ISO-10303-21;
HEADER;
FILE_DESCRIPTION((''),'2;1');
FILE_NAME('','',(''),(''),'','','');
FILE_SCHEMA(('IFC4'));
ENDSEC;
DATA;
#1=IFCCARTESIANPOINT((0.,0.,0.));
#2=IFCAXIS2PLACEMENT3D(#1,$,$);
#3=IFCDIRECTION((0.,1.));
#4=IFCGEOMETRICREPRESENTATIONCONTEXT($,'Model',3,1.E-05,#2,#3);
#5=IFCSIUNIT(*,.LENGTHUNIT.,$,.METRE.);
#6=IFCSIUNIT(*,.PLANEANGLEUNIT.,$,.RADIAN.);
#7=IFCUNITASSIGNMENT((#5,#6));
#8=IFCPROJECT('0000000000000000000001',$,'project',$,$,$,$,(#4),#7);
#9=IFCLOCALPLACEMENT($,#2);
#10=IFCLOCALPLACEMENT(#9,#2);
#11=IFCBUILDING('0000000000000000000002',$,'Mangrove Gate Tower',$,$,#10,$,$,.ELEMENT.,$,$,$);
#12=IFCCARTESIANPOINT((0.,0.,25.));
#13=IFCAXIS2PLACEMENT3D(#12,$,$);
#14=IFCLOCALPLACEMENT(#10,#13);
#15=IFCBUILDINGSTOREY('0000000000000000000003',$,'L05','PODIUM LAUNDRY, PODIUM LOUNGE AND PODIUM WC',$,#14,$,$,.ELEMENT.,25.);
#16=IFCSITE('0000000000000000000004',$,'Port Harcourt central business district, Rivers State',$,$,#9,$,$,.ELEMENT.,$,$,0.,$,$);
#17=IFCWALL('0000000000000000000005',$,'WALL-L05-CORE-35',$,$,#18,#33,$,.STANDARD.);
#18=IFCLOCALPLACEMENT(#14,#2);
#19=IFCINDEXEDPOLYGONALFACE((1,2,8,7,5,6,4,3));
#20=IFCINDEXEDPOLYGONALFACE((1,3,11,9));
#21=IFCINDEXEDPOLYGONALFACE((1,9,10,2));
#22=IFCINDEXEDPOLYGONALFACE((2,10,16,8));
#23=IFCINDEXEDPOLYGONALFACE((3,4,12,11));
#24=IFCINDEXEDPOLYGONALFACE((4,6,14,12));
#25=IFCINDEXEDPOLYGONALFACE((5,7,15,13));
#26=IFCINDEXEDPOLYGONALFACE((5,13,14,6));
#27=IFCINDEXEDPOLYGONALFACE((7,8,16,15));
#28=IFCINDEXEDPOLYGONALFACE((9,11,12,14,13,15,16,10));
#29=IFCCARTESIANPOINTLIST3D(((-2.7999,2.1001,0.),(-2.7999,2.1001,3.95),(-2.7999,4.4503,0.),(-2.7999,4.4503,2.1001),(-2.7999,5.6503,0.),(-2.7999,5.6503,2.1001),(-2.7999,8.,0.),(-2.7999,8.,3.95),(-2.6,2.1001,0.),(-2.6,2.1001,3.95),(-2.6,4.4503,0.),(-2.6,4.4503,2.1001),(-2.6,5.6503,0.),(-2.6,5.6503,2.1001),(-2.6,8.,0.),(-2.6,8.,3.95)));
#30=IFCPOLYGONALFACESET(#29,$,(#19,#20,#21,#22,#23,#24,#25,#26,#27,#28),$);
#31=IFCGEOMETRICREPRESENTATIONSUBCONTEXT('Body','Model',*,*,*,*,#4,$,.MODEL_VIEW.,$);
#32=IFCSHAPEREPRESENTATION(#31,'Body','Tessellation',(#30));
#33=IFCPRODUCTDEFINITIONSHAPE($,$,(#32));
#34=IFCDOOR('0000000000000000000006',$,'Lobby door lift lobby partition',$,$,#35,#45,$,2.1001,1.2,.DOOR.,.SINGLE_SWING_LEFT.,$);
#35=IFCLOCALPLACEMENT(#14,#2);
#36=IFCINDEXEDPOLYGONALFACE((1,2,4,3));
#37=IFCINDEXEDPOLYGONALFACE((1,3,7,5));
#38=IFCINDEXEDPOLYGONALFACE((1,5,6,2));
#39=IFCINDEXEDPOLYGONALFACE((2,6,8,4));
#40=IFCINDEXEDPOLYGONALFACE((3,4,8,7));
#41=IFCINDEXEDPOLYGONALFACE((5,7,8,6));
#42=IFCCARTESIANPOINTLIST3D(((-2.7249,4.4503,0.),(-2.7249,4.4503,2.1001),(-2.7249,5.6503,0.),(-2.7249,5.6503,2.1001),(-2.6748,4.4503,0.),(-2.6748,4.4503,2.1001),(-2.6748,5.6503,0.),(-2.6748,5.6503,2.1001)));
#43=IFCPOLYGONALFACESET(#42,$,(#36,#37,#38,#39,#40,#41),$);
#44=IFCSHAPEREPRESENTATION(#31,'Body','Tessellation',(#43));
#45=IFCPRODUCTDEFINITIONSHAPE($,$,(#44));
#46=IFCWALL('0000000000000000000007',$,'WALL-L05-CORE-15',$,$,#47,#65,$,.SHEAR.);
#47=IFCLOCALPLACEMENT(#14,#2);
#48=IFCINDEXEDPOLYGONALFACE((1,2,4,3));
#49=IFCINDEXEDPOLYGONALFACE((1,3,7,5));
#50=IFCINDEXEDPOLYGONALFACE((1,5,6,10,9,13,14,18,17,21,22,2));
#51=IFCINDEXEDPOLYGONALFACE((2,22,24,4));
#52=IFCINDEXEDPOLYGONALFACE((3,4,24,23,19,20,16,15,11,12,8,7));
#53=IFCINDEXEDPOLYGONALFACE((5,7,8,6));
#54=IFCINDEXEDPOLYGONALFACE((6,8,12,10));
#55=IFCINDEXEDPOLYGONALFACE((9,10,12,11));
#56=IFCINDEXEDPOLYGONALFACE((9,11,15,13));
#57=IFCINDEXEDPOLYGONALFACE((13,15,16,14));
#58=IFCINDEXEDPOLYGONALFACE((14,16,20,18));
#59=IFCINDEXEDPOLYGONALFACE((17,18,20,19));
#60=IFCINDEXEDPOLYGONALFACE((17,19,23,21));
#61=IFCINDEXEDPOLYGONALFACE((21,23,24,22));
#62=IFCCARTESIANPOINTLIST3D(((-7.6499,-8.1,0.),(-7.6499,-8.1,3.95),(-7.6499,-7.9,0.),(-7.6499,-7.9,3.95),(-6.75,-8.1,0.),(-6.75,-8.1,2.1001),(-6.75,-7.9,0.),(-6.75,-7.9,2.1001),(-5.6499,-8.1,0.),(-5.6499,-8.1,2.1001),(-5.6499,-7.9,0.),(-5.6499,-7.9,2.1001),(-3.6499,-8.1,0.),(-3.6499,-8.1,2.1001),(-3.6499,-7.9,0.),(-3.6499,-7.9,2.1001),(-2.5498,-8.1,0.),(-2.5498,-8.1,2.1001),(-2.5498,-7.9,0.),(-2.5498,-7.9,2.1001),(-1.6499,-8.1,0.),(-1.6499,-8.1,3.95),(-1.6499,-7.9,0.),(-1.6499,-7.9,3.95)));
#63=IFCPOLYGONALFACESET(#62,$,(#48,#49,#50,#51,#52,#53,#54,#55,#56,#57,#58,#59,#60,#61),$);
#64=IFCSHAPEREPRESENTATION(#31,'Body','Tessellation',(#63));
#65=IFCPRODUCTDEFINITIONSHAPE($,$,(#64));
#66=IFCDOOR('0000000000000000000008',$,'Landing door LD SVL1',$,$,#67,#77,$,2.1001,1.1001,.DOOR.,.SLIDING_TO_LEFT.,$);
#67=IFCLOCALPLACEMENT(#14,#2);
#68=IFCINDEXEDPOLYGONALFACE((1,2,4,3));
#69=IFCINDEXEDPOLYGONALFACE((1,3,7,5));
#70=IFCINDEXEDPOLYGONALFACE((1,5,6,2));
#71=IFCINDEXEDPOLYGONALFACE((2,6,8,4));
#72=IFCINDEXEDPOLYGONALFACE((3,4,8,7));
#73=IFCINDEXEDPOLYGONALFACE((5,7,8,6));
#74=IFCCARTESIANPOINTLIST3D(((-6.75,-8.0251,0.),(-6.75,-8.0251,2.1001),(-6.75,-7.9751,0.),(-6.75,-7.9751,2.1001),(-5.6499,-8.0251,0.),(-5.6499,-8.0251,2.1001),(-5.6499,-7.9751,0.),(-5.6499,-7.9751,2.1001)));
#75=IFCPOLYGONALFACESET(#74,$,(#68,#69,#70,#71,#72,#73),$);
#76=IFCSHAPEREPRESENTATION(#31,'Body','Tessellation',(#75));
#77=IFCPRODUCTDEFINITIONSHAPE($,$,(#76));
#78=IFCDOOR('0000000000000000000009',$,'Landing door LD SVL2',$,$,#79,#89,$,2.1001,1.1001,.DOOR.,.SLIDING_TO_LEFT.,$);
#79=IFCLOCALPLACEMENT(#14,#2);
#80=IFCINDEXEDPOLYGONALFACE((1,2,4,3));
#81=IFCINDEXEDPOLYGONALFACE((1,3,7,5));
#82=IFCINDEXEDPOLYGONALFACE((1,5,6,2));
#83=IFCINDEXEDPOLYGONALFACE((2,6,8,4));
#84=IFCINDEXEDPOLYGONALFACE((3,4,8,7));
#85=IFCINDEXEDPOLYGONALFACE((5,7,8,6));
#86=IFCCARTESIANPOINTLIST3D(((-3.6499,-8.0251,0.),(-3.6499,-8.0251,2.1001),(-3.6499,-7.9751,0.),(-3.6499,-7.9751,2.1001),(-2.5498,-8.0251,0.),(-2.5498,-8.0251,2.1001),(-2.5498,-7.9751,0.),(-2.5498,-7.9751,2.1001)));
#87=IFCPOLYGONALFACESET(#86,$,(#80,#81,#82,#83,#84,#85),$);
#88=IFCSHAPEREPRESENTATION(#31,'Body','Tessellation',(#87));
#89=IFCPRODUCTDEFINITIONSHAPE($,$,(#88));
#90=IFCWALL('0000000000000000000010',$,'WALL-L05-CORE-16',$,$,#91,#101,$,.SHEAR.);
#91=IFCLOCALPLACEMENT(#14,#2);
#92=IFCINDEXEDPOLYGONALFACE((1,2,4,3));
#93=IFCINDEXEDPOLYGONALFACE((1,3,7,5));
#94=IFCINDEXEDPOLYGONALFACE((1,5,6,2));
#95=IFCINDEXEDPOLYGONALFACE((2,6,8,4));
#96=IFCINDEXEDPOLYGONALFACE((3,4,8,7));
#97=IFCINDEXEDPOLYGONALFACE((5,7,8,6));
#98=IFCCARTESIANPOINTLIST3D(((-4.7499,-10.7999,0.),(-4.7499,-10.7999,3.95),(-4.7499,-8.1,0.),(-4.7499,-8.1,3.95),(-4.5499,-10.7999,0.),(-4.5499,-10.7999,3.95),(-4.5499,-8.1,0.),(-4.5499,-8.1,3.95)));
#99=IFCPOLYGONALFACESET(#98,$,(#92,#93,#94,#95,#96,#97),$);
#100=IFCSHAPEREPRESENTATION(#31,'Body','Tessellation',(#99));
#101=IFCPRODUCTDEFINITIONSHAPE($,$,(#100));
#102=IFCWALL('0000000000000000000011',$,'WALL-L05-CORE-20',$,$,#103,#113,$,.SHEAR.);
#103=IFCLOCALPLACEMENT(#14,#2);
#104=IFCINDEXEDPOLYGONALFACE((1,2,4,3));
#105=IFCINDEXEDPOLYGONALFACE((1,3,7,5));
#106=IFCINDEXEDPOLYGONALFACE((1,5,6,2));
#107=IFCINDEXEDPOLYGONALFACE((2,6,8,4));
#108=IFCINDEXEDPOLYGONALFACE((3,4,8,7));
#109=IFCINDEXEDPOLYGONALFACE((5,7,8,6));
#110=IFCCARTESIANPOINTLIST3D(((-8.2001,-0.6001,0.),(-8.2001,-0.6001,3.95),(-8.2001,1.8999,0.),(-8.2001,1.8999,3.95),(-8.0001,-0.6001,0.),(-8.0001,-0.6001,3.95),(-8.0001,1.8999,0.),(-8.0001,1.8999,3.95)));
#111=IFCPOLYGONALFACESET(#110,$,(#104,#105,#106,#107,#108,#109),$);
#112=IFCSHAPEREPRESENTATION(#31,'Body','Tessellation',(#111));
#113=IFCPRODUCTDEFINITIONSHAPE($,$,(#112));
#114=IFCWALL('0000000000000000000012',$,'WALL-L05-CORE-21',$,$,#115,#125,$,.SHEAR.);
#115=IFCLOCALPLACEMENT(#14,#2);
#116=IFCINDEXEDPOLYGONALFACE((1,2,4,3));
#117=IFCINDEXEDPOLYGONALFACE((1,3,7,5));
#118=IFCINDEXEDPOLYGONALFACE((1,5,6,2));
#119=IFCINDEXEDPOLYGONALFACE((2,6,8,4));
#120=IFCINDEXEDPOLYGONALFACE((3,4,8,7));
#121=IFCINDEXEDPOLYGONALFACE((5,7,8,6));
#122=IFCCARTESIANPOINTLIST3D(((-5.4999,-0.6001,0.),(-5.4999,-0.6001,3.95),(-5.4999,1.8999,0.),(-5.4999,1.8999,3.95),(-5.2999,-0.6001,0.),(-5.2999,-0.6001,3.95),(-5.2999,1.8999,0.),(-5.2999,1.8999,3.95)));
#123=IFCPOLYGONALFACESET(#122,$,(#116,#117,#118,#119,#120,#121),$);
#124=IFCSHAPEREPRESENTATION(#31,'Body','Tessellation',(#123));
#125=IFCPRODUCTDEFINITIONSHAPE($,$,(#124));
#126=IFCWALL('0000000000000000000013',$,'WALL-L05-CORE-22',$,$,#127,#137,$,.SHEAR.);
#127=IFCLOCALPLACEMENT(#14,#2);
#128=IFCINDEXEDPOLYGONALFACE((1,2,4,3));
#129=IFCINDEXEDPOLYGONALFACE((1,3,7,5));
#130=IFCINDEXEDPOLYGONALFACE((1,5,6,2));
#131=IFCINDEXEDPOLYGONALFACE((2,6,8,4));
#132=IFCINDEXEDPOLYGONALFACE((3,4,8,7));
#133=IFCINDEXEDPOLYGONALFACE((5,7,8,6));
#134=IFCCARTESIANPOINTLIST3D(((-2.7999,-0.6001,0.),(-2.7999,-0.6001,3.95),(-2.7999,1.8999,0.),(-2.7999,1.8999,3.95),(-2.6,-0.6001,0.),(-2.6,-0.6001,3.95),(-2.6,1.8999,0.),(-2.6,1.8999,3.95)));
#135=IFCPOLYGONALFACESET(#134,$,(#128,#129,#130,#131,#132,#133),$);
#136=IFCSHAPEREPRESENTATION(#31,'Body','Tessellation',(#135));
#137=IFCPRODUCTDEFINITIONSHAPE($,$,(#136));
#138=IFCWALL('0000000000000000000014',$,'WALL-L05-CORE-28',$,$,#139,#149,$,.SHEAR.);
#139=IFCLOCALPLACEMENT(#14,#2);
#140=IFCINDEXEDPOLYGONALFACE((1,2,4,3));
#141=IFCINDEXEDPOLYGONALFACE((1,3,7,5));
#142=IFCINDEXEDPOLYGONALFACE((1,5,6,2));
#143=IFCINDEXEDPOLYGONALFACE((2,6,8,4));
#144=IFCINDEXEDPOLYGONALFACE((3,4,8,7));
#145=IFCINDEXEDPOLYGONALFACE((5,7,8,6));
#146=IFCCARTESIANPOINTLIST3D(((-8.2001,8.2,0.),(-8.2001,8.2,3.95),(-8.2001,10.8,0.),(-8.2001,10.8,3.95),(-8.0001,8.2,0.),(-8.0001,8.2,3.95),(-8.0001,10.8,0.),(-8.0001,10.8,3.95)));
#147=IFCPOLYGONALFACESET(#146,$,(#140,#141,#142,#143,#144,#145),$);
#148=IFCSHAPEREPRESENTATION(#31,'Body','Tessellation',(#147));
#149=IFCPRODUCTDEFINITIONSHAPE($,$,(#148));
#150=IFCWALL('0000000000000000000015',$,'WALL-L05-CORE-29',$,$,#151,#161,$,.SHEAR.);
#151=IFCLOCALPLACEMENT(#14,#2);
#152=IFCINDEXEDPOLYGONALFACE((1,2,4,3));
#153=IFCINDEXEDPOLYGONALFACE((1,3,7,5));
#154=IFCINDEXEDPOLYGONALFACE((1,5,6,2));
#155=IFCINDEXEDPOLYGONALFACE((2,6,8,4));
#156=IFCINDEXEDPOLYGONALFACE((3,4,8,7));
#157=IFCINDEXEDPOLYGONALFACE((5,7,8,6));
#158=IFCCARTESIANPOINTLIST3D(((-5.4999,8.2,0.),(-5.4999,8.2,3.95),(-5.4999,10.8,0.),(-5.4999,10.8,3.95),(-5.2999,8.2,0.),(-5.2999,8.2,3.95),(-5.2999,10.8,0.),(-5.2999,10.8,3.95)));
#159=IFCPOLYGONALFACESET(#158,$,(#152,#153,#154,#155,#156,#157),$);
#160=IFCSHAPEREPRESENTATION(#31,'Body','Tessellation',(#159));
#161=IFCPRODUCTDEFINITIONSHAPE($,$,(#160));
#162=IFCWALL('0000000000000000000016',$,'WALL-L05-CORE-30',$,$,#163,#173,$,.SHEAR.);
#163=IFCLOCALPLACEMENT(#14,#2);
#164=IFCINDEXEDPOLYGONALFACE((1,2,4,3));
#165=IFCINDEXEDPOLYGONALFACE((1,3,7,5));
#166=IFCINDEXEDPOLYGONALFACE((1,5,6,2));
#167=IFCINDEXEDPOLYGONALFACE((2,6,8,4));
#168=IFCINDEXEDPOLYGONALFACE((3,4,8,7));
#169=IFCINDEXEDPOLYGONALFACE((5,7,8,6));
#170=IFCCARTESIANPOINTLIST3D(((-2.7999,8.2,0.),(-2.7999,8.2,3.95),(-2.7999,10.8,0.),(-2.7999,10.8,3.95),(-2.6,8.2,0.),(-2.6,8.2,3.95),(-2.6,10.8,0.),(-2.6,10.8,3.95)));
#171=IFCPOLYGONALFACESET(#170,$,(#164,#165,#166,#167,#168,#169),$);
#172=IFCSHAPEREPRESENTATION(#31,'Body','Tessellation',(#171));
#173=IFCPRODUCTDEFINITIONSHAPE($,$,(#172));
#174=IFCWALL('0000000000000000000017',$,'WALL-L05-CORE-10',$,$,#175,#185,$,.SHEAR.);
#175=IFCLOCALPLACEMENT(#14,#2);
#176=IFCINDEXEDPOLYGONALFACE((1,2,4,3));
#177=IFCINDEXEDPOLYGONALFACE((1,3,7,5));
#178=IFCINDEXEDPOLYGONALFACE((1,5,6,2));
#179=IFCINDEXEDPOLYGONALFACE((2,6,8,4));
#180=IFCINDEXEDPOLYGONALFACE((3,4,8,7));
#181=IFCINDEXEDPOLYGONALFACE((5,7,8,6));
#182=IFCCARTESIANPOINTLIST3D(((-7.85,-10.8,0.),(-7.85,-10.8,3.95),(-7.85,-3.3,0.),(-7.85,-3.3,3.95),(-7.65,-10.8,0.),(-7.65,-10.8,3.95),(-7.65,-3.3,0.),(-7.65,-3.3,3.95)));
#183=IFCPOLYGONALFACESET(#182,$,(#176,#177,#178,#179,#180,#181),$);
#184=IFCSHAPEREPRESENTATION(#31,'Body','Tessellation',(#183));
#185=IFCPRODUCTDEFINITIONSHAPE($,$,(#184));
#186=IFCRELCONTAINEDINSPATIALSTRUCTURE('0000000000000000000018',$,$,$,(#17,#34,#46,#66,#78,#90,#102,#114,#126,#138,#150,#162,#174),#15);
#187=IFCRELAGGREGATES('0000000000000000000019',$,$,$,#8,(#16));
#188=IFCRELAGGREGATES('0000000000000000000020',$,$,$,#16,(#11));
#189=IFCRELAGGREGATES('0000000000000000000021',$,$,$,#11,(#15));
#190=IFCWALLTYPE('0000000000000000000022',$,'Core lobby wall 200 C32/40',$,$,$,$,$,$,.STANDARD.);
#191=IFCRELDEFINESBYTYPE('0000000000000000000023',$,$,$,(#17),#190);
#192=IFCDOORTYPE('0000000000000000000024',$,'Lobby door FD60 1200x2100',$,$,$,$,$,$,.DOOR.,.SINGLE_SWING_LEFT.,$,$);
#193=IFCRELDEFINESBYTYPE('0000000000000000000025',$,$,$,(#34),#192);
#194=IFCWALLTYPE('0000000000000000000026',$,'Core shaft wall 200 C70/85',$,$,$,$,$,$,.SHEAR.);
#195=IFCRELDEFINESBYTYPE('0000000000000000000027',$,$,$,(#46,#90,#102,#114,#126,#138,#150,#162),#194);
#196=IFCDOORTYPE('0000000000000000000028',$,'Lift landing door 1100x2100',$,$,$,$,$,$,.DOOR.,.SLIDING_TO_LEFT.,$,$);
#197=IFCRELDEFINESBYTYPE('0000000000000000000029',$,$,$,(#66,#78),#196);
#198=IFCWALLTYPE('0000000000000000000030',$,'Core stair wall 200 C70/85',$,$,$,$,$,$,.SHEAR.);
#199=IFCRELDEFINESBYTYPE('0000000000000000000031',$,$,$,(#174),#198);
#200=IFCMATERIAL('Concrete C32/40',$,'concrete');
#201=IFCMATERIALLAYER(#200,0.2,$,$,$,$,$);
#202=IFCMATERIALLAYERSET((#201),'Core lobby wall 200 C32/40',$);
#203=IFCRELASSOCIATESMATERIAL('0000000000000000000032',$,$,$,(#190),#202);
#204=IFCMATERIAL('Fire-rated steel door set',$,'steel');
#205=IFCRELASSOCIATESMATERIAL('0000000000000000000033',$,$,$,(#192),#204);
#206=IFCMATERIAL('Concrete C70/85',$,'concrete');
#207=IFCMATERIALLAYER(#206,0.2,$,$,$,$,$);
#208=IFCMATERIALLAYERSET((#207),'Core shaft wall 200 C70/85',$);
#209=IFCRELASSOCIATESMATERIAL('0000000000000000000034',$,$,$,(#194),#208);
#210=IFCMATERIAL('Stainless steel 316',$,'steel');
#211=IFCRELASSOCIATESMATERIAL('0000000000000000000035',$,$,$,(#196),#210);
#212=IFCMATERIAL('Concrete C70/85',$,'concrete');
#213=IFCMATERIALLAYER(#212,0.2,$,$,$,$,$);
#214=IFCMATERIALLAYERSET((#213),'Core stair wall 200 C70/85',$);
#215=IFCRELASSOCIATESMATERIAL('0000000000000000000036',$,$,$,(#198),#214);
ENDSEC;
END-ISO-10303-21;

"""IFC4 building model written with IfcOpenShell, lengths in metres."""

from ifc_helpers import new_model, si_unit, direction, frame, frame_2d, origin, place, context, subcontext, project, spatial, rectangle, extrude, material, layer, layer_set, type_object, element, fill, save


model = new_model("IFC4")

# Units and contexts
model_context = context("Model", 3, precision=1e-05, world=origin(), true_north=direction((0.0, 1.0)))
body_context = subcontext(model_context, "Body", "Model", "MODEL_VIEW")
ifc_project = project(units=[si_unit("LENGTHUNIT", "METRE"), si_unit("PLANEANGLEUNIT", "RADIAN")], contexts=[model_context])

# Site, building, storey
site_placement = place(None, origin())
site = spatial("IfcSite", under=ifc_project, at=site_placement, Name="Port Harcourt central business district, Rivers State", CompositionType="ELEMENT", RefElevation=0.0)
building_placement = place(site_placement, origin())
building = spatial("IfcBuilding", under=site, at=building_placement, Name="Mangrove Gate Tower", CompositionType="ELEMENT")
storey_placement = place(building_placement, frame((0.0, 0.0, 25.0)))
storey = spatial("IfcBuildingStorey", under=building, at=storey_placement, Name="L05", Description="PODIUM LAUNDRY, PODIUM LOUNGE AND PODIUM WC", CompositionType="ELEMENT", Elevation=25.0)

# Wall, opening, door
ifc_material_1 = material(Name="Concrete C32/40", Category="concrete")
ifc_layer_1 = layer(ifc_material_1, 0.2)
ifc_layer_set_1 = layer_set([ifc_layer_1], Name="Core lobby wall 200 C32/40")
wall_type_1 = type_object("IfcWallType", Name="Core lobby wall 200 C32/40", PredefinedType="STANDARD", material=ifc_layer_set_1)
wall_1_placement = place(storey_placement, frame((-2.7, 2.1001, 0.0), z_axis=(0.0, 0.0, 1.0), x_axis=(0.0, 1.0, 0.0)))
wall_1 = element("IfcWall", 1, at=wall_1_placement, inside=storey, type_object=wall_type_1, Name="WALL-L05-CORE-35", PredefinedType="STANDARD", context=body_context, shape_type="SweptSolid", body=[
    extrude(rectangle(XDim=5.8999, YDim=0.2, at=frame_2d((2.95, 0.0))), origin(), (0.0, 0.0, 1.0), 3.95),
])
opening_1_placement = place(wall_1_placement, frame((2.3501, 0.0, 0.0)))
opening_1 = element("IfcOpeningElement", 2, at=opening_1_placement, cuts=wall_1, PredefinedType="OPENING", context=body_context, shape_type="SweptSolid", body=[
    extrude(rectangle(XDim=1.2, YDim=2.1001, at=frame_2d((0.6001, 1.05))), frame((0.0, 0.1099, 0.0), z_axis=(0.0, -1.0, 0.0), x_axis=(1.0, 0.0, 0.0)), (0.0, 0.0, 1.0), 0.22),
])
ifc_material_2 = material(Name="Fire-rated steel door set", Category="steel")
door_type_1 = type_object("IfcDoorType", Name="Lobby door FD60 1200x2100", OperationType="SINGLE_SWING_LEFT", PredefinedType="DOOR", material=ifc_material_2)
door_1_placement = place(opening_1_placement, origin())
door_1 = element("IfcDoor", 3, at=door_1_placement, inside=storey, type_object=door_type_1, Name="Lobby door lift lobby partition", OperationType="SINGLE_SWING_LEFT", OverallHeight=2.1001, OverallWidth=1.2, PredefinedType="DOOR", context=body_context, shape_type="SweptSolid", body=[
    extrude(rectangle(XDim=1.2, YDim=2.1001, at=frame_2d((0.6001, 1.05))), frame((0.0, 0.0249, 0.0), z_axis=(0.0, -1.0, 0.0), x_axis=(1.0, 0.0, 0.0)), (0.0, 0.0, 1.0), 0.05),
])
fill(opening_1, door_1)

# Wall, openings, doors
ifc_material_3 = material(Name="Concrete C70/85", Category="concrete")
ifc_layer_2 = layer(ifc_material_3, 0.2)
ifc_layer_set_2 = layer_set([ifc_layer_2], Name="Core shaft wall 200 C70/85")
wall_type_2 = type_object("IfcWallType", Name="Core shaft wall 200 C70/85", PredefinedType="SHEAR", material=ifc_layer_set_2)
wall_2_placement = place(storey_placement, frame((-7.6499, -8.0, 0.0), z_axis=(0.0, 0.0, 1.0), x_axis=(1.0, 0.0, 0.0)))
wall_2 = element("IfcWall", 4, at=wall_2_placement, inside=storey, type_object=wall_type_2, Name="WALL-L05-CORE-15", PredefinedType="SHEAR", context=body_context, shape_type="SweptSolid", body=[
    extrude(rectangle(XDim=6.0, YDim=0.2, at=frame_2d((3.0, 0.0))), origin(), (0.0, 0.0, 1.0), 3.95),
])
opening_2_placement = place(wall_2_placement, frame((0.8999, 0.0, 0.0)))
opening_2 = element("IfcOpeningElement", 5, at=opening_2_placement, cuts=wall_2, PredefinedType="OPENING", context=body_context, shape_type="SweptSolid", body=[
    extrude(rectangle(XDim=1.1001, YDim=2.1001, at=frame_2d((0.55, 1.05))), frame((0.0, 0.1099, 0.0), z_axis=(0.0, -1.0, 0.0), x_axis=(1.0, 0.0, 0.0)), (0.0, 0.0, 1.0), 0.22),
])
opening_3_placement = place(wall_2_placement, frame((4.0, 0.0, 0.0)))
opening_3 = element("IfcOpeningElement", 6, at=opening_3_placement, cuts=wall_2, PredefinedType="OPENING", context=body_context, shape_type="SweptSolid", body=[
    extrude(rectangle(XDim=1.1001, YDim=2.1001, at=frame_2d((0.55, 1.05))), frame((0.0, 0.1099, 0.0), z_axis=(0.0, -1.0, 0.0), x_axis=(1.0, 0.0, 0.0)), (0.0, 0.0, 1.0), 0.22),
])
ifc_material_4 = material(Name="Stainless steel 316", Category="steel")
door_type_2 = type_object("IfcDoorType", Name="Lift landing door 1100x2100", OperationType="SLIDING_TO_LEFT", PredefinedType="DOOR", material=ifc_material_4)
door_2_placement = place(opening_2_placement, origin())
door_2 = element("IfcDoor", 7, at=door_2_placement, inside=storey, type_object=door_type_2, Name="Landing door LD SVL1", OperationType="SLIDING_TO_LEFT", OverallHeight=2.1001, OverallWidth=1.1001, PredefinedType="DOOR", context=body_context, shape_type="SweptSolid", body=[
    extrude(rectangle(XDim=1.1001, YDim=2.1001, at=frame_2d((0.55, 1.05))), frame((0.0, 0.0249, 0.0), z_axis=(0.0, -1.0, 0.0), x_axis=(1.0, 0.0, 0.0)), (0.0, 0.0, 1.0), 0.05),
])
fill(opening_2, door_2)
door_3_placement = place(opening_3_placement, origin())
door_3 = element("IfcDoor", 8, at=door_3_placement, inside=storey, type_object=door_type_2, Name="Landing door LD SVL2", OperationType="SLIDING_TO_LEFT", OverallHeight=2.1001, OverallWidth=1.1001, PredefinedType="DOOR", context=body_context, shape_type="SweptSolid", body=[
    extrude(rectangle(XDim=1.1001, YDim=2.1001, at=frame_2d((0.55, 1.05))), frame((0.0, 0.0249, 0.0), z_axis=(0.0, -1.0, 0.0), x_axis=(1.0, 0.0, 0.0)), (0.0, 0.0, 1.0), 0.05),
])
fill(opening_3, door_3)

# Walls
wall_3_placement = place(storey_placement, frame((-4.6499, -10.8, 0.0), z_axis=(0.0, 0.0, 1.0), x_axis=(0.0, 1.0, 0.0)))
element("IfcWall", 9, at=wall_3_placement, inside=storey, type_object=wall_type_2, Name="WALL-L05-CORE-16", PredefinedType="SHEAR", context=body_context, shape_type="SweptSolid", body=[
    extrude(rectangle(XDim=2.7, YDim=0.2, at=frame_2d((1.3501, 0.0))), origin(), (0.0, 0.0, 1.0), 3.95),
])
for number, where, z_axis, x_axis, name in (
    (10, (-8.1001, -0.6001, 0.0), (0.0, 0.0, 1.0), (0.0, 1.0, 0.0), "WALL-L05-CORE-20"),
    (11, (-5.3999, -0.6001, 0.0), (0.0, 0.0, 1.0), (0.0, 1.0, 0.0), "WALL-L05-CORE-21"),
    (12, (-2.7, -0.6001, 0.0), (0.0, 0.0, 1.0), (0.0, 1.0, 0.0), "WALL-L05-CORE-22"),
):
    element("IfcWall", number, at=place(storey_placement, frame(where, z_axis=z_axis, x_axis=x_axis)), inside=storey, type_object=wall_type_2, Name=name, PredefinedType="SHEAR", context=body_context, shape_type="SweptSolid", body=[
        extrude(rectangle(XDim=2.5, YDim=0.2, at=frame_2d((1.25, 0.0))), origin(), (0.0, 0.0, 1.0), 3.95),
    ])
for number, where, z_axis, x_axis, name in (
    (13, (-8.1001, 8.2, 0.0), (0.0, 0.0, 1.0), (0.0, 1.0, 0.0), "WALL-L05-CORE-28"),
    (14, (-5.3999, 8.2, 0.0), (0.0, 0.0, 1.0), (0.0, 1.0, 0.0), "WALL-L05-CORE-29"),
    (15, (-2.7, 8.2, 0.0), (0.0, 0.0, 1.0), (0.0, 1.0, 0.0), "WALL-L05-CORE-30"),
):
    element("IfcWall", number, at=place(storey_placement, frame(where, z_axis=z_axis, x_axis=x_axis)), inside=storey, type_object=wall_type_2, Name=name, PredefinedType="SHEAR", context=body_context, shape_type="SweptSolid", body=[
        extrude(rectangle(XDim=2.6001, YDim=0.2, at=frame_2d((1.3, 0.0))), origin(), (0.0, 0.0, 1.0), 3.95),
    ])
ifc_material_5 = material(Name="Concrete C70/85", Category="concrete")
ifc_layer_3 = layer(ifc_material_5, 0.2)
ifc_layer_set_3 = layer_set([ifc_layer_3], Name="Core stair wall 200 C70/85")
wall_type_3 = type_object("IfcWallType", Name="Core stair wall 200 C70/85", PredefinedType="SHEAR", material=ifc_layer_set_3)
wall_4_placement = place(storey_placement, frame((-7.75, -10.8, 0.0), z_axis=(0.0, 0.0, 1.0), x_axis=(0.0, 1.0, 0.0)))
element("IfcWall", 16, at=wall_4_placement, inside=storey, type_object=wall_type_3, Name="WALL-L05-CORE-10", PredefinedType="SHEAR", context=body_context, shape_type="SweptSolid", body=[
    extrude(rectangle(XDim=7.5, YDim=0.2, at=frame_2d((3.75, 0.0))), origin(), (0.0, 0.0, 1.0), 3.95),
])

save(model, "model.ifc")
